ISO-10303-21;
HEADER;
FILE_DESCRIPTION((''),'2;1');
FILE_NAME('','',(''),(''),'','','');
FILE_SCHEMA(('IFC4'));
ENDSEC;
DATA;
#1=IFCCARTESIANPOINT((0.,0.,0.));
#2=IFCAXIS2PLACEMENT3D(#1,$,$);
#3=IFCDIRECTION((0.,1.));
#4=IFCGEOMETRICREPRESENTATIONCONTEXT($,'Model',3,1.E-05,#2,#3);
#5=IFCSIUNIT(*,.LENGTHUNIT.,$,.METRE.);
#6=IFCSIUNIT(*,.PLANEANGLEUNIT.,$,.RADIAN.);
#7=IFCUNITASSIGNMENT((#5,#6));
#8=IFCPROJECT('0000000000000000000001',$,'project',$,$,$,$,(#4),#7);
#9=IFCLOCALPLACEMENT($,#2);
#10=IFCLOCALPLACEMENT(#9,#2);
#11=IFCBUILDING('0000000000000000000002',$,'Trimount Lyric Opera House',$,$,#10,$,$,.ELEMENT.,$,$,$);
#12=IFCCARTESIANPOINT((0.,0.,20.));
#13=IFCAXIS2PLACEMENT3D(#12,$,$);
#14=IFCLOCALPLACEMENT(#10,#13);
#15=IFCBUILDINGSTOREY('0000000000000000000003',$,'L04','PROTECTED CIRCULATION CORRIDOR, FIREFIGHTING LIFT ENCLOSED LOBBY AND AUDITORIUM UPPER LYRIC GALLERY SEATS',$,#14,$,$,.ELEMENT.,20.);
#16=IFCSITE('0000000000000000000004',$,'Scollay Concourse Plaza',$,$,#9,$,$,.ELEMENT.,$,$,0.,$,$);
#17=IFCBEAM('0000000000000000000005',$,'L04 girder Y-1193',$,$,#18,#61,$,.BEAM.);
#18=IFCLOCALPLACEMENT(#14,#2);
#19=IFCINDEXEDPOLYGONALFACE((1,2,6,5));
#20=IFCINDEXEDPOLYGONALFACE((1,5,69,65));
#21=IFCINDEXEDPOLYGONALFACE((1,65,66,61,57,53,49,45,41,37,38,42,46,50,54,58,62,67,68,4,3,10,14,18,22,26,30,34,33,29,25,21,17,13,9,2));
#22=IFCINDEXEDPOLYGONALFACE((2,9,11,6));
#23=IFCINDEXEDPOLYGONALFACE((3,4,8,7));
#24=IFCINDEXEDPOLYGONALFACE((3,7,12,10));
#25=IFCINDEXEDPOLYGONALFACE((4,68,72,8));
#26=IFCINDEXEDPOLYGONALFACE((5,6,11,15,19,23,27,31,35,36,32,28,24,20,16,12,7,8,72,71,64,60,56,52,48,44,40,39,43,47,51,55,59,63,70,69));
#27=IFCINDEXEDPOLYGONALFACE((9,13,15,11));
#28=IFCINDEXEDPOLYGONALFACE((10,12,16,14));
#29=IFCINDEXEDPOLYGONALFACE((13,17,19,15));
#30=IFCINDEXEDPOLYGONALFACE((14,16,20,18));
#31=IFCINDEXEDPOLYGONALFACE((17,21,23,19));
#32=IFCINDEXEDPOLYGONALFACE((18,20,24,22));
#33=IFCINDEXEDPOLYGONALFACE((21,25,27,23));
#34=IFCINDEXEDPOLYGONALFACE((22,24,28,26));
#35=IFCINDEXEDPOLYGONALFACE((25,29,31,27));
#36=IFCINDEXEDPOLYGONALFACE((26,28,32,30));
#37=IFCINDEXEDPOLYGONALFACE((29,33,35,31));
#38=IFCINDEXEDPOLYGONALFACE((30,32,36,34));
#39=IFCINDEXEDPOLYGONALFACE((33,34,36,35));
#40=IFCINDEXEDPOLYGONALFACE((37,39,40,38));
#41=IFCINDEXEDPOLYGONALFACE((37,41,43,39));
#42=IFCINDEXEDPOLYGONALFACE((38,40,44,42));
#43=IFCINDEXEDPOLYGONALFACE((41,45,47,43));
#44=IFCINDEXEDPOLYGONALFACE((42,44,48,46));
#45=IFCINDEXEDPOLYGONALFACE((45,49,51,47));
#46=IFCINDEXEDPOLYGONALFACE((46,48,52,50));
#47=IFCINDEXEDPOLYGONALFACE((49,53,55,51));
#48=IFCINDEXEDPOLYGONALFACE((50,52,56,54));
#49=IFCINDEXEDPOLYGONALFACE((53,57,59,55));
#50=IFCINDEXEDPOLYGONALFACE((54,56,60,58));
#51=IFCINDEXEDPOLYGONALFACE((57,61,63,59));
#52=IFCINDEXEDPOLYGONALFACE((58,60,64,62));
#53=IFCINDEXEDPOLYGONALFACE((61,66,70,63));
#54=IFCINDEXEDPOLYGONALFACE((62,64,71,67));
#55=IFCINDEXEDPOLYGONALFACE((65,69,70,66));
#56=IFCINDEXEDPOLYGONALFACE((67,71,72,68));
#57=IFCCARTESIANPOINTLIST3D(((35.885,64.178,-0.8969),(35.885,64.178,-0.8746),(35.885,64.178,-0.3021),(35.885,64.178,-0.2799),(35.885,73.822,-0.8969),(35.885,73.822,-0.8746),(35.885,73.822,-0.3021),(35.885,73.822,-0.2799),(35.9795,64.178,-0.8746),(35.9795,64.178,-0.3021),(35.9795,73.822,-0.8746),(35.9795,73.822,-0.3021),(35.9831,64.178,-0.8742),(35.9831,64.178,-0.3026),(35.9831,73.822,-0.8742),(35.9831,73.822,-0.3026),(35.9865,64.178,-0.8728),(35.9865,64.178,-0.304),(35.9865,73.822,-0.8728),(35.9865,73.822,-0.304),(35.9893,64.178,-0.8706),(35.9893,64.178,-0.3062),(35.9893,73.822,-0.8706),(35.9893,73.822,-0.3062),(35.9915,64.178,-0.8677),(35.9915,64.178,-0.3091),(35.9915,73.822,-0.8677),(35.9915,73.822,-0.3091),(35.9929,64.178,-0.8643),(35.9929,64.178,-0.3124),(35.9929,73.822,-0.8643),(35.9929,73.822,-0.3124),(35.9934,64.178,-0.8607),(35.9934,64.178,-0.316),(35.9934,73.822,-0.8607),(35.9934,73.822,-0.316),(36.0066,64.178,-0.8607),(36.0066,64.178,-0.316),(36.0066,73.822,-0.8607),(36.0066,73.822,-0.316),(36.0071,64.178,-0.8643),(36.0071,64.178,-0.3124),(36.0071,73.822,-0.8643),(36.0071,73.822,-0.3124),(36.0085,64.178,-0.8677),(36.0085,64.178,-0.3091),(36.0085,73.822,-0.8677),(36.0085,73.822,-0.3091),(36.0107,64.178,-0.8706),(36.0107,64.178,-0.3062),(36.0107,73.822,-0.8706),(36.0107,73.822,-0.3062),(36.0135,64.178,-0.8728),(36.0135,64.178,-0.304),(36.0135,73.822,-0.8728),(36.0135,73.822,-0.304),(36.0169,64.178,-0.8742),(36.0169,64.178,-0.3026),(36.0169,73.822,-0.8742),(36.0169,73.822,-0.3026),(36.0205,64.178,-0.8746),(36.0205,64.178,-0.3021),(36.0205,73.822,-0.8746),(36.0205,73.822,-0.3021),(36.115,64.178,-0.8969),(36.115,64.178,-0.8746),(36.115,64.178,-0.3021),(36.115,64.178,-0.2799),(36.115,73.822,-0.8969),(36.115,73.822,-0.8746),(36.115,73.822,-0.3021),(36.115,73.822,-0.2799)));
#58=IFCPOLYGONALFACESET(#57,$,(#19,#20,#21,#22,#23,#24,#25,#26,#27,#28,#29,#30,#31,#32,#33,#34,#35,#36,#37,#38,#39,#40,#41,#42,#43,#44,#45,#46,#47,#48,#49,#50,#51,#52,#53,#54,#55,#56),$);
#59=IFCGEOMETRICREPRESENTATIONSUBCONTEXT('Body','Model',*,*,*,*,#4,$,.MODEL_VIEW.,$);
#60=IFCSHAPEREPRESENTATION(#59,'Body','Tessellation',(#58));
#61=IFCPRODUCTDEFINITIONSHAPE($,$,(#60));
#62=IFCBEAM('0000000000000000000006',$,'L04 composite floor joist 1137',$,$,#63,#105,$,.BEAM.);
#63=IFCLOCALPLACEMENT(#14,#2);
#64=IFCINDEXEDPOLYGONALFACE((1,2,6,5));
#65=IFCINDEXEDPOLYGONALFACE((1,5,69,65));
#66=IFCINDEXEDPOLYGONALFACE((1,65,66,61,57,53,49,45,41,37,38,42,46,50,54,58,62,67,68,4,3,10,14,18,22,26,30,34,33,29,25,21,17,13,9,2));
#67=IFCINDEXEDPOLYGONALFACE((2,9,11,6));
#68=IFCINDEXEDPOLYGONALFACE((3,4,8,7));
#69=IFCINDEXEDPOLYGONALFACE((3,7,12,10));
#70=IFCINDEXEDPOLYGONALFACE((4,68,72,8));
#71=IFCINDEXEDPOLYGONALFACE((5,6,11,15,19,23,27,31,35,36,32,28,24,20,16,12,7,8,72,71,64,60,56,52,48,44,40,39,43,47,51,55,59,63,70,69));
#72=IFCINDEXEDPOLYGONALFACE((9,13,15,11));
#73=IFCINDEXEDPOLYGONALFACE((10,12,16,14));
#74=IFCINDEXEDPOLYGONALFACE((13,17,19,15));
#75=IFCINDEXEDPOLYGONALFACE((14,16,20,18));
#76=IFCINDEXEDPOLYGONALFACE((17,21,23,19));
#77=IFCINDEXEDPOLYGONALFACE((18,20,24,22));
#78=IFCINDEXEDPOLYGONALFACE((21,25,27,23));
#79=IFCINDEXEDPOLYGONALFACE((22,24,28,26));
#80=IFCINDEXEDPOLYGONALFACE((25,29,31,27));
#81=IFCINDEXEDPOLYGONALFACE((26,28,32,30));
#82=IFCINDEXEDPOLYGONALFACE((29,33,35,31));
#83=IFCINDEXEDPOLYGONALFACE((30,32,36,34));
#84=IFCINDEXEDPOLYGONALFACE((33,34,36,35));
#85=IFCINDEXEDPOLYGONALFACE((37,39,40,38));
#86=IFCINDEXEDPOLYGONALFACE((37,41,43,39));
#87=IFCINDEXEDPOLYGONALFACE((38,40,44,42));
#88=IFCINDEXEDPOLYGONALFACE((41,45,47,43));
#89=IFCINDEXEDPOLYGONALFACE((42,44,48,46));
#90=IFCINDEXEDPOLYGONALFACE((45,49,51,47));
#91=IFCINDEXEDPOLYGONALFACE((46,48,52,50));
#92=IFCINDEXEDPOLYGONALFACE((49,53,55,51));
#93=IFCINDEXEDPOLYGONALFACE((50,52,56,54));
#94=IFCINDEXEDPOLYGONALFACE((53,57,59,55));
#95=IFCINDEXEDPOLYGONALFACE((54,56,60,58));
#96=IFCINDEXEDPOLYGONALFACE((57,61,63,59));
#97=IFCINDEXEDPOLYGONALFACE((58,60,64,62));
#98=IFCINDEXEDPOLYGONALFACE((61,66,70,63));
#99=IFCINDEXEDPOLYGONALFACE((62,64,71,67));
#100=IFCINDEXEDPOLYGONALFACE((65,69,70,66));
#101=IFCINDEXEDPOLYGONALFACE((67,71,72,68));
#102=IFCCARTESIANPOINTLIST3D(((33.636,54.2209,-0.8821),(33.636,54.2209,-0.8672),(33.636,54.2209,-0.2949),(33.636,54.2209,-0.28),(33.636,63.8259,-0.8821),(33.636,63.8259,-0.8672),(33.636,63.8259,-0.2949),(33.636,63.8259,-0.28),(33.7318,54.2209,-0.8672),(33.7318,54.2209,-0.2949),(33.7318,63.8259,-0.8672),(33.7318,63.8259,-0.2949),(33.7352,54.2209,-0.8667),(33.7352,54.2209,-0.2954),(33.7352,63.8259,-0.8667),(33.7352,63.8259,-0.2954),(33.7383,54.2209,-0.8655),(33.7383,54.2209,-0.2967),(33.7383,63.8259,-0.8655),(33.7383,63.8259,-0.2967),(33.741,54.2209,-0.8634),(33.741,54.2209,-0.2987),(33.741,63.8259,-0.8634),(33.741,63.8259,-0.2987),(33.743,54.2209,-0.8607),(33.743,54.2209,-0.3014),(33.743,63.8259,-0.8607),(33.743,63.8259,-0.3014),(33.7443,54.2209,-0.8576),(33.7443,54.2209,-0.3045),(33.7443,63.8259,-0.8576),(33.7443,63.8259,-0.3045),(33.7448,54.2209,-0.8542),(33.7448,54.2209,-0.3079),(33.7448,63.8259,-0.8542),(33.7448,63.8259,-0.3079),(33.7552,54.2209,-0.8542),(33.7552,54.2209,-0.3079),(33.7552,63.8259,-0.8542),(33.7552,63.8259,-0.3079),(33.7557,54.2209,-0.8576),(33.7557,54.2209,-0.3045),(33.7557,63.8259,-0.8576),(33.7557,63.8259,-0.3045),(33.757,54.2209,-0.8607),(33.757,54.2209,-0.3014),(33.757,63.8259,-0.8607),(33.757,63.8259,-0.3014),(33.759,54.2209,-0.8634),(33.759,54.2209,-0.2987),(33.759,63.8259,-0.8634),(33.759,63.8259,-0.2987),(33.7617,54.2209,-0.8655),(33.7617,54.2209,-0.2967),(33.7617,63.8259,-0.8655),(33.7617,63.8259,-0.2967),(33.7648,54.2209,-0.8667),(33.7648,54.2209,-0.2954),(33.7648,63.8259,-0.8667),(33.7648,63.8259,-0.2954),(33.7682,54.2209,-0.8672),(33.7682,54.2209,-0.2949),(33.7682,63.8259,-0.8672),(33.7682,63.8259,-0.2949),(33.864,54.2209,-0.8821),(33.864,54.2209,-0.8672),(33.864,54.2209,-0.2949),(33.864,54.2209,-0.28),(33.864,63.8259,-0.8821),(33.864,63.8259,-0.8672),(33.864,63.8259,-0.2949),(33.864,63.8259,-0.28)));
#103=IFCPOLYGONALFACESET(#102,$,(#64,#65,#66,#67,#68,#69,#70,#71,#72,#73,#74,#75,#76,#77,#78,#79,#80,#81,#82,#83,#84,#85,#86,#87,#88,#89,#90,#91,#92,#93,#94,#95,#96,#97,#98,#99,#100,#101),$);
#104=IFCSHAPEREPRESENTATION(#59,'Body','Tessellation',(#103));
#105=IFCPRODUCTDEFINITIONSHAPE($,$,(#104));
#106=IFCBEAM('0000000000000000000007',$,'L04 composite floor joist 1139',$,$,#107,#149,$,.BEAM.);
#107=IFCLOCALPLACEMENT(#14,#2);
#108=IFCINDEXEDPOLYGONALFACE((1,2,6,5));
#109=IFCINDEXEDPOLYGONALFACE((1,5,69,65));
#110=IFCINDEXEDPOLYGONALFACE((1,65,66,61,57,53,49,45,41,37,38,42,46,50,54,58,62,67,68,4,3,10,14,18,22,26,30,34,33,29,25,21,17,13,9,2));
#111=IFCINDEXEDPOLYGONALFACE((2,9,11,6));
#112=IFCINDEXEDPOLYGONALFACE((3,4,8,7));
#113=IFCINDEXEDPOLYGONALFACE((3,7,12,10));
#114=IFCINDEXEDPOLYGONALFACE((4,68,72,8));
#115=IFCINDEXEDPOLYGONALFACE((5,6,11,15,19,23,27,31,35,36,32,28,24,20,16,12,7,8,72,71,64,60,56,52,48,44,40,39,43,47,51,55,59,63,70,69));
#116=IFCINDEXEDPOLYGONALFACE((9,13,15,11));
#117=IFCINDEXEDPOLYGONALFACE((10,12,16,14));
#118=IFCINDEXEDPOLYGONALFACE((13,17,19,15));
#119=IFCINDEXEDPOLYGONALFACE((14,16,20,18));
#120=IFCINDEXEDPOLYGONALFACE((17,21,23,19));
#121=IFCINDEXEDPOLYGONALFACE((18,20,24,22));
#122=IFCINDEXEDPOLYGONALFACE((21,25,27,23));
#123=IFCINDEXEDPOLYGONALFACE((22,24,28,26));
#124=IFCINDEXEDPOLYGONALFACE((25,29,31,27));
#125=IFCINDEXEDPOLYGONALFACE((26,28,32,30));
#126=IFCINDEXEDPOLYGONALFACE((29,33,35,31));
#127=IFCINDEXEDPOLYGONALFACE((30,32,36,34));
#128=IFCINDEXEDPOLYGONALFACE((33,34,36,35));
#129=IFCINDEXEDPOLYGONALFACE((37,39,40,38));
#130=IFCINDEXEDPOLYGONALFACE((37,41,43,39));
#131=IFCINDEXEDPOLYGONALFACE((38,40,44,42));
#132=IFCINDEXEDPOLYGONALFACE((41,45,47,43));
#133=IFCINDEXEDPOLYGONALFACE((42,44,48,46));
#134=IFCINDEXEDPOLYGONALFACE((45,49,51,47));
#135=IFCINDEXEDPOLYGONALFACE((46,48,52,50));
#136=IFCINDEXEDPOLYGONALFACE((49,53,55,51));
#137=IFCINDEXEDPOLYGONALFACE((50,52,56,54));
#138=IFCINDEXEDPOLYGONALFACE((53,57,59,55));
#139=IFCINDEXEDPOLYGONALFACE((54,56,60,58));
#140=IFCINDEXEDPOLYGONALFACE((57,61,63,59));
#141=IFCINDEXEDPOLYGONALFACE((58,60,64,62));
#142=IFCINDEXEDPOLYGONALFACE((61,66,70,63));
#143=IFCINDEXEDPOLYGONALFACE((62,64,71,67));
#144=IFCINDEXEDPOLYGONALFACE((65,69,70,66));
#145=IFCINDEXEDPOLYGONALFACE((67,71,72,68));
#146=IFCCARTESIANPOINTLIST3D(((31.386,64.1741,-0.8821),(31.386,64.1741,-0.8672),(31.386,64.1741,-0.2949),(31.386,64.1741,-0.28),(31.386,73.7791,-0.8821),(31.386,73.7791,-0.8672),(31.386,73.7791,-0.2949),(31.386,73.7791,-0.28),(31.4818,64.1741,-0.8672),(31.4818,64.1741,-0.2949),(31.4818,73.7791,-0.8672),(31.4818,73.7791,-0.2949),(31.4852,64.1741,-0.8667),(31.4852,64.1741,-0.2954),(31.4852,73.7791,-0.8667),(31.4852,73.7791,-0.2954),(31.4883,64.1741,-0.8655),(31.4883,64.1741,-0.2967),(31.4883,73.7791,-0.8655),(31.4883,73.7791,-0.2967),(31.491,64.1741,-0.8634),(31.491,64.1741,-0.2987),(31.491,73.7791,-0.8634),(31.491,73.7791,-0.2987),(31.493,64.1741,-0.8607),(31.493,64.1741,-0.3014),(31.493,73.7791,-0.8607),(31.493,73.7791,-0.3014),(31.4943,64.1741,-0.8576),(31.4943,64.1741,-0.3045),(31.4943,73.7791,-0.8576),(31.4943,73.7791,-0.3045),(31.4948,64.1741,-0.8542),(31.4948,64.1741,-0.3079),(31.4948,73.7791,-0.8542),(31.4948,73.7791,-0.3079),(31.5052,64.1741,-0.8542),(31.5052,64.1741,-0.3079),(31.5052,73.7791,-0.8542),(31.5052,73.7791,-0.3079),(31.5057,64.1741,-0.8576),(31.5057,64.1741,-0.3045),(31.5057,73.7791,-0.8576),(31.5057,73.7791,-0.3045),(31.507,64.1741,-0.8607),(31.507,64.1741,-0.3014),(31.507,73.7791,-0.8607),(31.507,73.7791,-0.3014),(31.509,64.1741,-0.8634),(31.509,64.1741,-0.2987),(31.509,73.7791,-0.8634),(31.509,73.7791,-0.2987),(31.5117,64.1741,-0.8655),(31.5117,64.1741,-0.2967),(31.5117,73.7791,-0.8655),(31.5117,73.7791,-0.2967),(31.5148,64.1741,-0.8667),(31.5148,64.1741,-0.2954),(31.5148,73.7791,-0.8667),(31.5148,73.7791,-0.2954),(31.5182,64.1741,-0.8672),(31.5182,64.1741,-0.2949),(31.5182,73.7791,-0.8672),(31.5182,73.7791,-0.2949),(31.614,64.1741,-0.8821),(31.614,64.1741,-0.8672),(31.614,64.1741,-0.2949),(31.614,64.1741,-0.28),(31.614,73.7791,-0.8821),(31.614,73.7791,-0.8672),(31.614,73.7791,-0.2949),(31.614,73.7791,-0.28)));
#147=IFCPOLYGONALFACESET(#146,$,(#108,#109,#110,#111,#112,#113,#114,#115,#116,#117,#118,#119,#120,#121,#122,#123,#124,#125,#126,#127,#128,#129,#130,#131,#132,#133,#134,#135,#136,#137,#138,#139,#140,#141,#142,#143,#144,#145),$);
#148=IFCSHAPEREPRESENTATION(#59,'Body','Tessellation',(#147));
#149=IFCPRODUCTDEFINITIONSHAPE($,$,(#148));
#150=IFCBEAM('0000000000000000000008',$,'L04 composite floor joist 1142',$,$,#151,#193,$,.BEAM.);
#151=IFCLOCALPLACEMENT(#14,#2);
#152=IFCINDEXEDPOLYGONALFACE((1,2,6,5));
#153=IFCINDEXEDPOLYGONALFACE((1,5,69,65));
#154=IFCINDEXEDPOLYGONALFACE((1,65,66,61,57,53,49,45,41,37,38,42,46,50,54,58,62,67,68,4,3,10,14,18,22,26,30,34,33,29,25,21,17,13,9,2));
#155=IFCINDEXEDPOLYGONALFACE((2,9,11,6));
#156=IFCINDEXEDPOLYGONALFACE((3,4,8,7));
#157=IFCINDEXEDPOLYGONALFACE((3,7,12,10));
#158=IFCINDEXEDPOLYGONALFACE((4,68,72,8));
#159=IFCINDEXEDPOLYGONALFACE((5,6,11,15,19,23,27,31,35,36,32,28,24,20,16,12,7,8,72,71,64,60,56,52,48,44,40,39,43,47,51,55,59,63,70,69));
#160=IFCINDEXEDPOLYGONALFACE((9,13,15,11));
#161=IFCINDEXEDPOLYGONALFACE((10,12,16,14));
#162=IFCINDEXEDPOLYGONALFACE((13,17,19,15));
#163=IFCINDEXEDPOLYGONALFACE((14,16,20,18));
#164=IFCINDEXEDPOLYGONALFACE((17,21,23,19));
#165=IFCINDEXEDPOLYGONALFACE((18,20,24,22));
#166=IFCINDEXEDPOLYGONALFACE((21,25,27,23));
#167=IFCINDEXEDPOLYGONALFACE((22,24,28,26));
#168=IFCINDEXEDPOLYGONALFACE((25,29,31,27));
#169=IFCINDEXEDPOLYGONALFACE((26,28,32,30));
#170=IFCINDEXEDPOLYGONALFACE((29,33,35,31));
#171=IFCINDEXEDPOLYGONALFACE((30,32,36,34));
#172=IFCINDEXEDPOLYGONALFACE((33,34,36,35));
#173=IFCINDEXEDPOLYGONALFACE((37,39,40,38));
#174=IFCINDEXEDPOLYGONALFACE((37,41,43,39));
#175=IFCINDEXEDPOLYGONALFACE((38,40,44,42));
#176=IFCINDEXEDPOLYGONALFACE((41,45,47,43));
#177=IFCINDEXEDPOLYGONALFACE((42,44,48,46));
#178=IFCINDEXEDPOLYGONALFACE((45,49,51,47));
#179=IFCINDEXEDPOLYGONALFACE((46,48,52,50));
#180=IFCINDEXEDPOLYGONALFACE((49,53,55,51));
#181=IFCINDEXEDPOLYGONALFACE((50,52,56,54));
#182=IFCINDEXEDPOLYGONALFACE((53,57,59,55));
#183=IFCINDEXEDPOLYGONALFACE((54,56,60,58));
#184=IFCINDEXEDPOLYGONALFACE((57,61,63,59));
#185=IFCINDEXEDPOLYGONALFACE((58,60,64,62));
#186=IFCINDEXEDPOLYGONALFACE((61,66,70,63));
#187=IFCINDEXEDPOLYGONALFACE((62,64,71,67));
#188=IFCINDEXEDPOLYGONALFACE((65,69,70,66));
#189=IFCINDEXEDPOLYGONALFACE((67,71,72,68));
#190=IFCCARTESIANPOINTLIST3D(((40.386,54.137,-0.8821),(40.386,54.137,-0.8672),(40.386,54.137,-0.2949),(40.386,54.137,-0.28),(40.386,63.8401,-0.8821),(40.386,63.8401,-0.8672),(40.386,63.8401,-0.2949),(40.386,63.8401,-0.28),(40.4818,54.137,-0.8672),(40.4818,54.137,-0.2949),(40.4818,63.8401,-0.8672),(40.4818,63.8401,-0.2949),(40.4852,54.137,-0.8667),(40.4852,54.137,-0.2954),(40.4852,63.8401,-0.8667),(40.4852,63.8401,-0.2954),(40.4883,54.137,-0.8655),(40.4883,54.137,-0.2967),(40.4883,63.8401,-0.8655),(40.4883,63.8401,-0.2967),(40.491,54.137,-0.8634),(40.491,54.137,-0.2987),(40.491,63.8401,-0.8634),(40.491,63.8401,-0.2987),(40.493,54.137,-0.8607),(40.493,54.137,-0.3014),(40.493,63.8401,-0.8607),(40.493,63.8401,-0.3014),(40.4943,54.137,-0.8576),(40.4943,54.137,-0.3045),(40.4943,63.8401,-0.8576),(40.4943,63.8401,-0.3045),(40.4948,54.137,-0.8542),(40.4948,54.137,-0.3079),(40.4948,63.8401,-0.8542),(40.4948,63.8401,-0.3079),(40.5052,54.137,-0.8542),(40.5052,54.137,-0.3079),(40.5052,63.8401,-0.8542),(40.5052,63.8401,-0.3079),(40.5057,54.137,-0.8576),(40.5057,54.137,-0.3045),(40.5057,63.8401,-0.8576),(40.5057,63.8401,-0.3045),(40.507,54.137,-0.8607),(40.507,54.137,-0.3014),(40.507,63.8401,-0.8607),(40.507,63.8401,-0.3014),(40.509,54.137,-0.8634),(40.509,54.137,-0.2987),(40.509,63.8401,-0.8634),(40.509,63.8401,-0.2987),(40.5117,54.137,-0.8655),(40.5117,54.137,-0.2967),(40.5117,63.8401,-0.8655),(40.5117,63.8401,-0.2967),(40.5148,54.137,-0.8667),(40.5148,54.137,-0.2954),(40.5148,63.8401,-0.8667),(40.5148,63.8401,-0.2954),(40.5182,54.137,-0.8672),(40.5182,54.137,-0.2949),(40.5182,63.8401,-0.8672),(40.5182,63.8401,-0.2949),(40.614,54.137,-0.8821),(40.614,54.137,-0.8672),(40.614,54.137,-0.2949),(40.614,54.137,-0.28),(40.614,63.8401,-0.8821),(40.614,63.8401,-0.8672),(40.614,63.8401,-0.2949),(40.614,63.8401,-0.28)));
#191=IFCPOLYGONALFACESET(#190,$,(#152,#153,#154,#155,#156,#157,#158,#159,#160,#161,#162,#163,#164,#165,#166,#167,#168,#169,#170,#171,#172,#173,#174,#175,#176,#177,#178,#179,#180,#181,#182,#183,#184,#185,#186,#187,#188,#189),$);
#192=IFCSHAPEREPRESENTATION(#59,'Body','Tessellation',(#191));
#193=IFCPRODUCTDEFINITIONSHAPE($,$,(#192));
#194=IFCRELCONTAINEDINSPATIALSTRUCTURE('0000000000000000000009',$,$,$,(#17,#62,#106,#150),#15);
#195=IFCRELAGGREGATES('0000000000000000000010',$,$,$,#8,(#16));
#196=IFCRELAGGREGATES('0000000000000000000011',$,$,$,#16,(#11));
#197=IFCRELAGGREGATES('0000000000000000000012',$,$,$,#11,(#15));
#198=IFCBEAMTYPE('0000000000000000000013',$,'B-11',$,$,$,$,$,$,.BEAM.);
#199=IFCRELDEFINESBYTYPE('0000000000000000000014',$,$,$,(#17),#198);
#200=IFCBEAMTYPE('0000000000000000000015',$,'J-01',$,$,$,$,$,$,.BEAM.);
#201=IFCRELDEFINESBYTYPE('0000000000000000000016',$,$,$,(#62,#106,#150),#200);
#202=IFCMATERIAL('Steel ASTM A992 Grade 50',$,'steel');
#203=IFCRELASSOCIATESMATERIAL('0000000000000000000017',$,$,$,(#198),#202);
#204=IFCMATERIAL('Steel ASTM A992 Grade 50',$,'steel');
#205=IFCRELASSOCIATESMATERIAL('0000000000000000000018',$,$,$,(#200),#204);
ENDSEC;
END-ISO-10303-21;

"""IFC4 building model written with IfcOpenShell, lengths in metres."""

from ifc_helpers import new_model, si_unit, direction, frame, origin, origin_2d, place, context, subcontext, project, spatial, i_section, extrude, material, material_profile, profile_set, type_object, element, save


model = new_model("IFC4")

# Units and contexts
model_context = context("Model", 3, precision=1e-05, world=origin(), true_north=direction((0.0, 1.0)))
body_context = subcontext(model_context, "Body", "Model", "MODEL_VIEW")
ifc_project = project(units=[si_unit("LENGTHUNIT", "METRE"), si_unit("PLANEANGLEUNIT", "RADIAN")], contexts=[model_context])

# Site, building, storey
site_placement = place(None, origin())
site = spatial("IfcSite", under=ifc_project, at=site_placement, Name="Scollay Concourse Plaza", CompositionType="ELEMENT", RefElevation=0.0)
building_placement = place(site_placement, origin())
building = spatial("IfcBuilding", under=site, at=building_placement, Name="Trimount Lyric Opera House", CompositionType="ELEMENT")
storey_placement = place(building_placement, frame((0.0, 0.0, 20.0)))
storey = spatial("IfcBuildingStorey", under=building, at=storey_placement, Name="L04", Description="PROTECTED CIRCULATION CORRIDOR, FIREFIGHTING LIFT ENCLOSED LOBBY AND AUDITORIUM UPPER LYRIC GALLERY SEATS", CompositionType="ELEMENT", Elevation=20.0)

# Beams
ifc_material_1 = material(Name="Steel ASTM A992 Grade 50", Category="steel")
ifc_material_profile_1 = material_profile(ifc_material_1, i_section(OverallWidth=0.23, OverallDepth=0.6169, WebThickness=0.0132, FlangeThickness=0.0222, FilletRadius=0.0139, at=origin_2d()), Name="W24X94")
ifc_profile_set_1 = profile_set([ifc_material_profile_1], Name="Steel ASTM A992 Grade 50")
beam_type_1 = type_object("IfcBeamType", Name="B-11", PredefinedType="BEAM", material=ifc_profile_set_1)
beam_1_placement = place(storey_placement, frame((36.0, 64.178, -0.5884), z_axis=(0.0, 1.0, 0.0), x_axis=(-1.0, 0.0, 0.0)))
element("IfcBeam", 1, at=beam_1_placement, inside=storey, type_object=beam_type_1, Name="L04 girder Y-1193", PredefinedType="BEAM", context=body_context, shape_type="SweptSolid", body=[
    extrude(i_section(OverallWidth=0.23, OverallDepth=0.6169, WebThickness=0.0132, FlangeThickness=0.0222, FilletRadius=0.0139, at=origin_2d()), origin(), (0.0, 0.0, 1.0), 9.644),
])
ifc_material_2 = material(Name="Steel ASTM A992 Grade 50", Category="steel")
ifc_material_profile_2 = material_profile(ifc_material_2, i_section(OverallWidth=0.228, OverallDepth=0.6021, WebThickness=0.0105, FlangeThickness=0.0149, FilletRadius=0.0129, at=origin_2d()), Name="W24X68")
ifc_profile_set_2 = profile_set([ifc_material_profile_2], Name="Steel ASTM A992 Grade 50")
beam_type_2 = type_object("IfcBeamType", Name="J-01", PredefinedType="BEAM", material=ifc_profile_set_2)
for number, where, z_axis, x_axis, name in (
    (2, (33.75, 54.2209, -0.5811), (0.0, 1.0, 0.0), (-1.0, 0.0, 0.0), "L04 composite floor joist 1137"),
    (3, (31.5, 64.1741, -0.5811), (0.0, 1.0, 0.0), (-1.0, 0.0, 0.0), "L04 composite floor joist 1139"),
):
    element("IfcBeam", number, at=place(storey_placement, frame(where, z_axis=z_axis, x_axis=x_axis)), inside=storey, type_object=beam_type_2, Name=name, PredefinedType="BEAM", context=body_context, shape_type="SweptSolid", body=[
        extrude(i_section(OverallWidth=0.228, OverallDepth=0.6021, WebThickness=0.0105, FlangeThickness=0.0149, FilletRadius=0.0129, at=origin_2d()), origin(), (0.0, 0.0, 1.0), 9.605),
    ])
for number, where, z_axis, x_axis, name in (
    (4, (40.5, 54.137, -0.5811), (0.0, 1.0, 0.0), (-1.0, 0.0, 0.0), "L04 composite floor joist 1142"),
):
    element("IfcBeam", number, at=place(storey_placement, frame(where, z_axis=z_axis, x_axis=x_axis)), inside=storey, type_object=beam_type_2, Name=name, PredefinedType="BEAM", context=body_context, shape_type="SweptSolid", body=[
        extrude(i_section(OverallWidth=0.228, OverallDepth=0.6021, WebThickness=0.0105, FlangeThickness=0.0149, FilletRadius=0.0129, at=origin_2d()), origin(), (0.0, 0.0, 1.0), 9.7031),
    ])

save(model, "model.ifc")
